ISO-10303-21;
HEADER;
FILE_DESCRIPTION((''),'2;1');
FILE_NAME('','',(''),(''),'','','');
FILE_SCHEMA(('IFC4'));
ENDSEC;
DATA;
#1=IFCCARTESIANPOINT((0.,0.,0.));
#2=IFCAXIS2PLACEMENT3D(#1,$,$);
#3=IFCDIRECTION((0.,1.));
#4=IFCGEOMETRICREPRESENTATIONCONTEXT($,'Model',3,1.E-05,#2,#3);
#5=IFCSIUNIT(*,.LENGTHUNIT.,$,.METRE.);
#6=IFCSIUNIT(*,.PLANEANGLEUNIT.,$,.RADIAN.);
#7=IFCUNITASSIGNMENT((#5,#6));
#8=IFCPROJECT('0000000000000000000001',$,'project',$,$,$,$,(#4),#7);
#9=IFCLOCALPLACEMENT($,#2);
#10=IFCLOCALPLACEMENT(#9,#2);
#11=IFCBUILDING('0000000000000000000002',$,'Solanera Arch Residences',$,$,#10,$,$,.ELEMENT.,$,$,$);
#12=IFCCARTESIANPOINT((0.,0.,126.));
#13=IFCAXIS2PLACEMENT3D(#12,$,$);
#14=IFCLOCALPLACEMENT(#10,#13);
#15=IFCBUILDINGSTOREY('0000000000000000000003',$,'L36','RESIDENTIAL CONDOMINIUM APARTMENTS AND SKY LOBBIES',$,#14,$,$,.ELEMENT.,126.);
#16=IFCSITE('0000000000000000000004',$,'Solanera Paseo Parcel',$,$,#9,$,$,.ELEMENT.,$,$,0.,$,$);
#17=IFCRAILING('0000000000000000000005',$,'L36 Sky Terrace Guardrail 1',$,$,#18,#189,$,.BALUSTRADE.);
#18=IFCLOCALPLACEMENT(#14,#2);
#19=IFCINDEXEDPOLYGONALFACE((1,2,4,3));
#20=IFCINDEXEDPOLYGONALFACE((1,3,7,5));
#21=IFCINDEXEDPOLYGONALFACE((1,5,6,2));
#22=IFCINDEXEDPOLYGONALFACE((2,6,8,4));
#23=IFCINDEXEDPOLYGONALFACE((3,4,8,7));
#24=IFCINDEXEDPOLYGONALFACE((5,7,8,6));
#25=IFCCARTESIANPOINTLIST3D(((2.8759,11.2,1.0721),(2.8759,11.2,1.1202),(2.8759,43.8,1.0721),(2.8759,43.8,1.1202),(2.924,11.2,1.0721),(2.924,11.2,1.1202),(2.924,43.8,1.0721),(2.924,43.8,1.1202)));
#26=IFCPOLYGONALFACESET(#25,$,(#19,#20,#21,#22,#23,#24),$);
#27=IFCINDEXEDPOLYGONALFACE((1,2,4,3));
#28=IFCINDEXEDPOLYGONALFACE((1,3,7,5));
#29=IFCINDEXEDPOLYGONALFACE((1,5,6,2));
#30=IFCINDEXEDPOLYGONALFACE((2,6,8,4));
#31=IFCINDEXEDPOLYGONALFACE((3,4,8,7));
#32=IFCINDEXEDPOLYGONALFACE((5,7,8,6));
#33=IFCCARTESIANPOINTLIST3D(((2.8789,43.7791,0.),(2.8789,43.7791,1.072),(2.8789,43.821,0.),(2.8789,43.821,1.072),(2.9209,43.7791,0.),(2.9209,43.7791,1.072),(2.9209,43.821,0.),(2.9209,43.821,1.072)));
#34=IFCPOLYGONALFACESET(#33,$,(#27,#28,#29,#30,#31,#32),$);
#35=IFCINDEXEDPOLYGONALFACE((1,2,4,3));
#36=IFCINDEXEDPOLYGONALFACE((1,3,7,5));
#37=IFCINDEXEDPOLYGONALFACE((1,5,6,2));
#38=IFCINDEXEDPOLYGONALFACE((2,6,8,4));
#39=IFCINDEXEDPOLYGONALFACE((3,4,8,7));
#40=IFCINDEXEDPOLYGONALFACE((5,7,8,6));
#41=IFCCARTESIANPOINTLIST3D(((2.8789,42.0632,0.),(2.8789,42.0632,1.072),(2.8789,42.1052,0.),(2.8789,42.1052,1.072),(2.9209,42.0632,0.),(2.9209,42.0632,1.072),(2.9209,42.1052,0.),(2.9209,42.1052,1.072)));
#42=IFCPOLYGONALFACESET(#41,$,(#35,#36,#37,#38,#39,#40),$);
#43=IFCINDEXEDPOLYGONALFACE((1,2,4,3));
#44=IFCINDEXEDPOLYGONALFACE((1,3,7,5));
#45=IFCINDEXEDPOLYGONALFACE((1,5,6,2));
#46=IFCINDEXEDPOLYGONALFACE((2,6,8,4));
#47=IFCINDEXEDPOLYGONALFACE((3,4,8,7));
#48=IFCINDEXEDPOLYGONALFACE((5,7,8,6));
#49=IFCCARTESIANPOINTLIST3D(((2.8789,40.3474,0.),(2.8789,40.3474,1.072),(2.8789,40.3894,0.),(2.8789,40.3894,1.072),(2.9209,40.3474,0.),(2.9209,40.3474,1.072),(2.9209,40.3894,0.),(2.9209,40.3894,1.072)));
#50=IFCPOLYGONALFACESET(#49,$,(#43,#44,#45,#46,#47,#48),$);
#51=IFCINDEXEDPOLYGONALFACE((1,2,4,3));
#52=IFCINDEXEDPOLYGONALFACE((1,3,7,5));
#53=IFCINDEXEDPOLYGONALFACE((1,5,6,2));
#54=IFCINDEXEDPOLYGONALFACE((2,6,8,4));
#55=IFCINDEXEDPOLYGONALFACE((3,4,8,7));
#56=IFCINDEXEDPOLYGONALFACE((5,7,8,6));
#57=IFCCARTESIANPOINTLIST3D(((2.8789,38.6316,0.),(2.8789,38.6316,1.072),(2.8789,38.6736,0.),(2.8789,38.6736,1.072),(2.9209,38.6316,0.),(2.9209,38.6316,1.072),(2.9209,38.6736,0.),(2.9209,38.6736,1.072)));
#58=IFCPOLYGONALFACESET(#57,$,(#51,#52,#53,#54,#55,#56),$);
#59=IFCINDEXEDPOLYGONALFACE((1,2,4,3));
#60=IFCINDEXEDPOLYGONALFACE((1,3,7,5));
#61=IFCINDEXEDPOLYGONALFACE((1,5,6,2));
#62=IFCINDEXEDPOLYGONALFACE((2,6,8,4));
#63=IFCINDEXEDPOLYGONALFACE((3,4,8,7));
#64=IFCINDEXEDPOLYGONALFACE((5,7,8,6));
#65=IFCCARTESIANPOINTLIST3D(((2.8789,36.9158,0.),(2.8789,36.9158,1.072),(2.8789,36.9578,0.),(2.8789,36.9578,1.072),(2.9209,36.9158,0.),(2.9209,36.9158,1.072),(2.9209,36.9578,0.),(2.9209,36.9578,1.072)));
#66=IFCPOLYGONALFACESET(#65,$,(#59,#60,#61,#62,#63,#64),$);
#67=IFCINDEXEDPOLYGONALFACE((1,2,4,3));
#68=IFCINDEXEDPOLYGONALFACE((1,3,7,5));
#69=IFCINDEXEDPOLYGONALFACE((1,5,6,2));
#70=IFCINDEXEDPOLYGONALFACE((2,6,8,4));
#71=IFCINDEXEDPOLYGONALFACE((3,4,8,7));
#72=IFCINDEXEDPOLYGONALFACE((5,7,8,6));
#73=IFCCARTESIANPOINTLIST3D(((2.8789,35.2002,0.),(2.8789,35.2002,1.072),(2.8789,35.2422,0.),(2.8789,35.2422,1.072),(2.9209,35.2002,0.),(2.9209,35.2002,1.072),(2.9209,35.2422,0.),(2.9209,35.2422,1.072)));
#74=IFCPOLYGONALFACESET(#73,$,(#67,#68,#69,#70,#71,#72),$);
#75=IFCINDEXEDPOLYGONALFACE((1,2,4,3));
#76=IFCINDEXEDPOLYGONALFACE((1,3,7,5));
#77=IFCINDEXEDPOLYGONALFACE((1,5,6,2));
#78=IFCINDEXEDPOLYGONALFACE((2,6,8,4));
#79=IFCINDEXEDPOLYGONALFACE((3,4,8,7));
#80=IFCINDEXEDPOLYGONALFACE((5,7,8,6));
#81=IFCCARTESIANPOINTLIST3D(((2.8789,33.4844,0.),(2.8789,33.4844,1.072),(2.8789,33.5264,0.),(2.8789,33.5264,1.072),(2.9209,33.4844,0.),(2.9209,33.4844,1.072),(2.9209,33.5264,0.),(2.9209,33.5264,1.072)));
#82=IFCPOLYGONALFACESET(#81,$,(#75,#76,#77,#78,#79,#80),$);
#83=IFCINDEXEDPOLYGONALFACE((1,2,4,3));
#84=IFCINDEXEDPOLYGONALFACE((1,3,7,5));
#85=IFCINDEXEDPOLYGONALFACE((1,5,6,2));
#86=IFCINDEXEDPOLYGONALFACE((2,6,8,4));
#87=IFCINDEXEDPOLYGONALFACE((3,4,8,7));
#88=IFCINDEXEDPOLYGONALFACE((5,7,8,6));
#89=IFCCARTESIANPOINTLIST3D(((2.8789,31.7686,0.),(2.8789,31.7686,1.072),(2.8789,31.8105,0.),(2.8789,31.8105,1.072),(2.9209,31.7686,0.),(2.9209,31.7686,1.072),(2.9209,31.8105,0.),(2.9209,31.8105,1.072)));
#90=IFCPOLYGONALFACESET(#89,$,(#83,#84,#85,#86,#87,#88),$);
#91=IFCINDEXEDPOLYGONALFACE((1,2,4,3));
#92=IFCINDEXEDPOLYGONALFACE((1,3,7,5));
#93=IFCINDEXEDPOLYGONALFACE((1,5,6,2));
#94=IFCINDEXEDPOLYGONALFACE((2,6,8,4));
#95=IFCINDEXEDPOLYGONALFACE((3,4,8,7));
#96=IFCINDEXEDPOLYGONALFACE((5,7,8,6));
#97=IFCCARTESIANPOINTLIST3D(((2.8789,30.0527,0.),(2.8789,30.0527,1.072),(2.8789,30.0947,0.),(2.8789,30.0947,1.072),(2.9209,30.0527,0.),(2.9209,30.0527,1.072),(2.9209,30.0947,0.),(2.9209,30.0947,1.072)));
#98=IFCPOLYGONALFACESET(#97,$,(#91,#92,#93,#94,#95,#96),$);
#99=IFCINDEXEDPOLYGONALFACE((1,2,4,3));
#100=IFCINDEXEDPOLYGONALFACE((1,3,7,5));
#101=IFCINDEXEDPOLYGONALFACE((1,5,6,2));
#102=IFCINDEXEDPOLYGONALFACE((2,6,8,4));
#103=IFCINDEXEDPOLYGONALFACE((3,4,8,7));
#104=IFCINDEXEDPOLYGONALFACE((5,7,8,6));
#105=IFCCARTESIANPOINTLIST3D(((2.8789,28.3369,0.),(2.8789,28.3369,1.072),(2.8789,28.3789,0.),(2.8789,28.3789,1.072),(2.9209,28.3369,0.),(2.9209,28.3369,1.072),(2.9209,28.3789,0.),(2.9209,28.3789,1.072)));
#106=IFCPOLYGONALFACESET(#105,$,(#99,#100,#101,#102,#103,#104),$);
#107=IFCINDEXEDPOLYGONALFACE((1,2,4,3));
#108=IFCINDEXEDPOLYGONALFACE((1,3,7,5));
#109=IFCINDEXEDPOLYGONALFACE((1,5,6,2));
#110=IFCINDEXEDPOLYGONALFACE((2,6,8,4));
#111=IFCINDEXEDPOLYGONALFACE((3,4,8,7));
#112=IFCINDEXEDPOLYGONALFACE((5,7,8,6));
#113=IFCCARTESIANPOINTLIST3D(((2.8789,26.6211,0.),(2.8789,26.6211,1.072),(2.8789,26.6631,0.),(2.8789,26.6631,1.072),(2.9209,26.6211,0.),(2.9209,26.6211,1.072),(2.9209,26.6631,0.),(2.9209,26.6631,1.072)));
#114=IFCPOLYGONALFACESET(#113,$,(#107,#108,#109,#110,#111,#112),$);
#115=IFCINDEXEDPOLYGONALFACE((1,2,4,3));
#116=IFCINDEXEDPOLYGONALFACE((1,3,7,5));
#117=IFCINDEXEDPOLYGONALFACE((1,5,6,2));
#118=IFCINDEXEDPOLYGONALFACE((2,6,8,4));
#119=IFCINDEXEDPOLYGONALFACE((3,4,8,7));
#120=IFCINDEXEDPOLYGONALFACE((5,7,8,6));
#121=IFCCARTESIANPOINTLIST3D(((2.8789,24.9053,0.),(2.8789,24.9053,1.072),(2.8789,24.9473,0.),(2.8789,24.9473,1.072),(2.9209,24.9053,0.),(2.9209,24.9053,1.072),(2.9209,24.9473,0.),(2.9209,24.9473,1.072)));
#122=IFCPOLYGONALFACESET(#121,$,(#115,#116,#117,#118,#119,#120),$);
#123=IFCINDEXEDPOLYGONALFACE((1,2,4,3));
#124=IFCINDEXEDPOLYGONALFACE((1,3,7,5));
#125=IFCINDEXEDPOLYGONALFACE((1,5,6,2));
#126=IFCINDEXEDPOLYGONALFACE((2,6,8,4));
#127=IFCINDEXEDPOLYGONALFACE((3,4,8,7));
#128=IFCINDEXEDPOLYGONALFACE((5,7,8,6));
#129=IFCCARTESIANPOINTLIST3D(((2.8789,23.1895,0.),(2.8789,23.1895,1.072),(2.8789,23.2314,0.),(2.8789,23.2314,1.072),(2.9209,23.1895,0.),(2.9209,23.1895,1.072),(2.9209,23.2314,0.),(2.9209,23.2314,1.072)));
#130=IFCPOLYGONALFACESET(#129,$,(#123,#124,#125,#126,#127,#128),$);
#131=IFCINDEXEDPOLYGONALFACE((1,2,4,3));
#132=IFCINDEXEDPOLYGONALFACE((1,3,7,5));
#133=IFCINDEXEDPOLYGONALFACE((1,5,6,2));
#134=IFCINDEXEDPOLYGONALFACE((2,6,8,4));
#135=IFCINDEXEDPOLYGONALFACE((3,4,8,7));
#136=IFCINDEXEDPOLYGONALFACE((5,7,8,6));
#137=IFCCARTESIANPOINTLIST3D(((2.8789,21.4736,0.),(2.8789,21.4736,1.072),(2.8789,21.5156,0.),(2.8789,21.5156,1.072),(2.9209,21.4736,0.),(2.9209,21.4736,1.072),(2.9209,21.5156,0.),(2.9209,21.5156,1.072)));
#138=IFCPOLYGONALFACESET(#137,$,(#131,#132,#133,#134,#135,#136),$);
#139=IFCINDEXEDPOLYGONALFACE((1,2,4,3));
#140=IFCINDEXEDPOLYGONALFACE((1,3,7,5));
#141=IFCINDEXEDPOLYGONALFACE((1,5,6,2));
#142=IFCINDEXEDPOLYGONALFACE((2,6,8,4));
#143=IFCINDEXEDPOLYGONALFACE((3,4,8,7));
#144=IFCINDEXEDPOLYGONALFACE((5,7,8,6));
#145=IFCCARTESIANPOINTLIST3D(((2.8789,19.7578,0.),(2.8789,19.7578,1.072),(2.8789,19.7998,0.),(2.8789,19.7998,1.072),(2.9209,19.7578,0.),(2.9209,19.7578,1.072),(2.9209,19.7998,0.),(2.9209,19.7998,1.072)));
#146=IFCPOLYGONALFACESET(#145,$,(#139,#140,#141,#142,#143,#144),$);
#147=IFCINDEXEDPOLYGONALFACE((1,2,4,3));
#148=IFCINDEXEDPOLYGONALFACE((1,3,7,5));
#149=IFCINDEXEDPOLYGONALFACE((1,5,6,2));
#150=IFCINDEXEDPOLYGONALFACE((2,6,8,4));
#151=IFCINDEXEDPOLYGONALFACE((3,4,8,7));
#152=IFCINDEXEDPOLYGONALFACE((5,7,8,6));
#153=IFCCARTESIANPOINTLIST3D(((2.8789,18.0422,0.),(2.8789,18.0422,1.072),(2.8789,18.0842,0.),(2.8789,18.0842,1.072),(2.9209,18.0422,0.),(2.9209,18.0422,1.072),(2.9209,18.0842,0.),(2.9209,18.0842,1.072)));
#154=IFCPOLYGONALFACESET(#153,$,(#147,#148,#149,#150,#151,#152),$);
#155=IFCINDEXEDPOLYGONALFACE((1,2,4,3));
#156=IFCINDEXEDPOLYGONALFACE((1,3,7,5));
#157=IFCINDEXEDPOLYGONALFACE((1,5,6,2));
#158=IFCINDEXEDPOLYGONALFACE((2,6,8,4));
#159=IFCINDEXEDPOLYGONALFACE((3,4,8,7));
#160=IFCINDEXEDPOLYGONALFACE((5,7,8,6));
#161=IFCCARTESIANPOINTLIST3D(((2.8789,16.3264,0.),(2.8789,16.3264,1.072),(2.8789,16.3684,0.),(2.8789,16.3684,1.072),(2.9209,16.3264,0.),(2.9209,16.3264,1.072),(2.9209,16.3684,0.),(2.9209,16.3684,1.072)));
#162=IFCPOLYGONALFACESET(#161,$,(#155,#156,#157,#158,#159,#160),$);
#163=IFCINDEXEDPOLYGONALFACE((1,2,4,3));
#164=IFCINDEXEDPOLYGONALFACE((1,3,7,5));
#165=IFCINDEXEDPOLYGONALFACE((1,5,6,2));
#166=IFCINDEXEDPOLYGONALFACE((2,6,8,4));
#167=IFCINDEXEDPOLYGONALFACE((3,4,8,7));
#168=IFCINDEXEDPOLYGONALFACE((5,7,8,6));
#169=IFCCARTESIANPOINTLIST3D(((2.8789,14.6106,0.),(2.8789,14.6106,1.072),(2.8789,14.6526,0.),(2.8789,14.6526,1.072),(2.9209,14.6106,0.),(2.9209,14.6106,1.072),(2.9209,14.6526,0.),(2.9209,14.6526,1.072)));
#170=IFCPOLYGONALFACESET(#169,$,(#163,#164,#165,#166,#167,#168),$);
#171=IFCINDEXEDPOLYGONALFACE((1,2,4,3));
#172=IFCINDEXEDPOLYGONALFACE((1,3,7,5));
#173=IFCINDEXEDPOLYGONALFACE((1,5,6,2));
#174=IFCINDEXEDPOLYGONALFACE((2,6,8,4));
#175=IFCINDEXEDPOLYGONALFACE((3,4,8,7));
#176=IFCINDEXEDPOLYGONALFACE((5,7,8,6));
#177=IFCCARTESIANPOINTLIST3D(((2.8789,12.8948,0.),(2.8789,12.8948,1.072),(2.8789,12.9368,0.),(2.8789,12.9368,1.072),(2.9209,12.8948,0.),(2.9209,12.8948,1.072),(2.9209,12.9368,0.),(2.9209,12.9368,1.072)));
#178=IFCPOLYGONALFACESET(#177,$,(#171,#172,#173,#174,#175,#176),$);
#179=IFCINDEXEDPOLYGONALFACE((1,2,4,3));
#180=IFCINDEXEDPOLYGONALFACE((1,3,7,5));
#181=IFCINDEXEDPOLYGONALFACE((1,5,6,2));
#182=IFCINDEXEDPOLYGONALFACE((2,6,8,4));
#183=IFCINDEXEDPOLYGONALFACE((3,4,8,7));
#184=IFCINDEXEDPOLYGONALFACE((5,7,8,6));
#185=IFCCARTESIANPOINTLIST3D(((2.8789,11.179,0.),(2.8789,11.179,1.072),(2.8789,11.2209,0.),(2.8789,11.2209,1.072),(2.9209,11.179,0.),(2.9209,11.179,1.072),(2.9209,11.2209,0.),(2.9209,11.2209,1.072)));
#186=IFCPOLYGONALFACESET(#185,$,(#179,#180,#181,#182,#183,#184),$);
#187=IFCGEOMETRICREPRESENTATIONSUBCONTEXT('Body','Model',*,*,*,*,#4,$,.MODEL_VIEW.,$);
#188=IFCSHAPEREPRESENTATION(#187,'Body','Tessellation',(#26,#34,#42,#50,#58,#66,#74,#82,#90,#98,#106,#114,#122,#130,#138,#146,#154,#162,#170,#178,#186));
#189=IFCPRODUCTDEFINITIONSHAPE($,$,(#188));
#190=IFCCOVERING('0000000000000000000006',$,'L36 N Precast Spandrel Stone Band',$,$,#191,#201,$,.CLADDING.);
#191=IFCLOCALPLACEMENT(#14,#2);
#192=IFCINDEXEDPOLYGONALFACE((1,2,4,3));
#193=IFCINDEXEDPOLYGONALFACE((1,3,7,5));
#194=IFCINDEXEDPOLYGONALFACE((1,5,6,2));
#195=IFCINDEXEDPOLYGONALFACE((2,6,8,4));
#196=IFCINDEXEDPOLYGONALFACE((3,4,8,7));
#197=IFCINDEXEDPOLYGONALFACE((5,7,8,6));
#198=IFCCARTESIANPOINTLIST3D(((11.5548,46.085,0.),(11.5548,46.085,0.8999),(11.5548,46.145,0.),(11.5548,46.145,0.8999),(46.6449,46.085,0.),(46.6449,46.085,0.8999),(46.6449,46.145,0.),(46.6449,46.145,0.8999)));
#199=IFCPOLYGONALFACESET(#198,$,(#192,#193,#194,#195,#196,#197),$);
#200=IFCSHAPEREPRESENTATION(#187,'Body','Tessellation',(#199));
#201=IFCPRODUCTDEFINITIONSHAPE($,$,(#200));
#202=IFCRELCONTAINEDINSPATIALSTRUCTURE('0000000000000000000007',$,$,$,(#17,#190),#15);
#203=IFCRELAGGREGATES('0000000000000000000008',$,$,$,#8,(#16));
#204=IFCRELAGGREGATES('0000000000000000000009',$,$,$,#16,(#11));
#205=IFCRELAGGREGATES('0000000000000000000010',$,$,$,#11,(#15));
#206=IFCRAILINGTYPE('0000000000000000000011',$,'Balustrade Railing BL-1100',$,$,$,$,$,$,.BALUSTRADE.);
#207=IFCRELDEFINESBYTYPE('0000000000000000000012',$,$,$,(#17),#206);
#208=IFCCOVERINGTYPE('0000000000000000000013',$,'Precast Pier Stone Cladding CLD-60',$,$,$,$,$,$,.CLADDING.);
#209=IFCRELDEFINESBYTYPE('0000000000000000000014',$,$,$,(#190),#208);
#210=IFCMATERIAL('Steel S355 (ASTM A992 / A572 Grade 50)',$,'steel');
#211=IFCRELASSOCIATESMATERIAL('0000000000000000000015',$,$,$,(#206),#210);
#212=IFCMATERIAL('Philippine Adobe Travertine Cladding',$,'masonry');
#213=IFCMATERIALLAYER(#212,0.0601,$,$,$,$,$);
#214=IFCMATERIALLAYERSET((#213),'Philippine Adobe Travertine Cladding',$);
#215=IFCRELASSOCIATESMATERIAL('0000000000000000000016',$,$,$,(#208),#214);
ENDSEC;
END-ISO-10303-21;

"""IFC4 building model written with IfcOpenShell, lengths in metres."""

from ifc_helpers import new_model, si_unit, direction, frame, frame_2d, origin, origin_2d, place, context, subcontext, project, spatial, rectangle, extrude, material, layer, layer_set, type_object, element, save


model = new_model("IFC4")

# Units and contexts
model_context = context("Model", 3, precision=1e-05, world=origin(), true_north=direction((0.0, 1.0)))
body_context = subcontext(model_context, "Body", "Model", "MODEL_VIEW")
ifc_project = project(units=[si_unit("LENGTHUNIT", "METRE"), si_unit("PLANEANGLEUNIT", "RADIAN")], contexts=[model_context])

# Site, building, storey
site_placement = place(None, origin())
site = spatial("IfcSite", under=ifc_project, at=site_placement, Name="Solanera Paseo Parcel", CompositionType="ELEMENT", RefElevation=0.0)
building_placement = place(site_placement, origin())
building = spatial("IfcBuilding", under=site, at=building_placement, Name="Solanera Arch Residences", CompositionType="ELEMENT")
storey_placement = place(building_placement, frame((0.0, 0.0, 126.0)))
storey = spatial("IfcBuildingStorey", under=building, at=storey_placement, Name="L36", Description="RESIDENTIAL CONDOMINIUM APARTMENTS AND SKY LOBBIES", CompositionType="ELEMENT", Elevation=126.0)

# Railing
ifc_material_1 = material(Name="Steel S355 (ASTM A992 / A572 Grade 50)", Category="steel")
railing_type = type_object("IfcRailingType", Name="Balustrade Railing BL-1100", PredefinedType="BALUSTRADE", material=ifc_material_1)
railing_1_placement = place(storey_placement, frame((2.8999, 43.8, 0.0)))
element("IfcRailing", 1, at=railing_1_placement, inside=storey, type_object=railing_type, Name="L36 Sky Terrace Guardrail 1", PredefinedType="BALUSTRADE", context=body_context, shape_type="SweptSolid", body=[
    extrude(rectangle(XDim=0.0481, YDim=0.0481, at=origin_2d()), frame((0.0, 0.0, 1.0962), z_axis=(0.0, -1.0, 0.0), x_axis=(1.0, 0.0, 0.0)), (0.0, 0.0, 1.0), 32.6001),
    extrude(rectangle(XDim=0.042, YDim=0.042, at=origin_2d()), origin(), (0.0, 0.0, 1.0), 1.072),
    extrude(rectangle(XDim=0.042, YDim=0.042, at=origin_2d()), frame((0.0, -1.7158, 0.0)), (0.0, 0.0, 1.0), 1.072),
    extrude(rectangle(XDim=0.042, YDim=0.042, at=origin_2d()), frame((0.0, -3.4316, 0.0)), (0.0, 0.0, 1.0), 1.072),
    extrude(rectangle(XDim=0.042, YDim=0.042, at=origin_2d()), frame((0.0, -5.1475, 0.0)), (0.0, 0.0, 1.0), 1.072),
    extrude(rectangle(XDim=0.042, YDim=0.042, at=origin_2d()), frame((0.0, -6.8633, 0.0)), (0.0, 0.0, 1.0), 1.072),
    extrude(rectangle(XDim=0.042, YDim=0.042, at=origin_2d()), frame((0.0, -8.5789, 0.0)), (0.0, 0.0, 1.0), 1.072),
    extrude(rectangle(XDim=0.042, YDim=0.042, at=origin_2d()), frame((0.0, -10.2947, 0.0)), (0.0, 0.0, 1.0), 1.072),
    extrude(rectangle(XDim=0.042, YDim=0.042, at=origin_2d()), frame((0.0, -12.0105, 0.0)), (0.0, 0.0, 1.0), 1.072),
    extrude(rectangle(XDim=0.042, YDim=0.042, at=origin_2d()), frame((0.0, -13.7263, 0.0)), (0.0, 0.0, 1.0), 1.072),
    extrude(rectangle(XDim=0.042, YDim=0.042, at=origin_2d()), frame((0.0, -15.4421, 0.0)), (0.0, 0.0, 1.0), 1.072),
    extrude(rectangle(XDim=0.042, YDim=0.042, at=origin_2d()), frame((0.0, -17.158, 0.0)), (0.0, 0.0, 1.0), 1.072),
    extrude(rectangle(XDim=0.042, YDim=0.042, at=origin_2d()), frame((0.0, -18.8738, 0.0)), (0.0, 0.0, 1.0), 1.072),
    extrude(rectangle(XDim=0.042, YDim=0.042, at=origin_2d()), frame((0.0, -20.5896, 0.0)), (0.0, 0.0, 1.0), 1.072),
    extrude(rectangle(XDim=0.042, YDim=0.042, at=origin_2d()), frame((0.0, -22.3054, 0.0)), (0.0, 0.0, 1.0), 1.072),
    extrude(rectangle(XDim=0.042, YDim=0.042, at=origin_2d()), frame((0.0, -24.0212, 0.0)), (0.0, 0.0, 1.0), 1.072),
    extrude(rectangle(XDim=0.042, YDim=0.042, at=origin_2d()), frame((0.0, -25.7368, 0.0)), (0.0, 0.0, 1.0), 1.072),
    extrude(rectangle(XDim=0.042, YDim=0.042, at=origin_2d()), frame((0.0, -27.4526, 0.0)), (0.0, 0.0, 1.0), 1.072),
    extrude(rectangle(XDim=0.042, YDim=0.042, at=origin_2d()), frame((0.0, -29.1685, 0.0)), (0.0, 0.0, 1.0), 1.072),
    extrude(rectangle(XDim=0.042, YDim=0.042, at=origin_2d()), frame((0.0, -30.8843, 0.0)), (0.0, 0.0, 1.0), 1.072),
    extrude(rectangle(XDim=0.042, YDim=0.042, at=origin_2d()), frame((0.0, -32.6001, 0.0)), (0.0, 0.0, 1.0), 1.072),
])

# Covering
ifc_material_2 = material(Name="Philippine Adobe Travertine Cladding", Category="masonry")
ifc_layer_1 = layer(ifc_material_2, 0.0601)
ifc_layer_set_1 = layer_set([ifc_layer_1], Name="Philippine Adobe Travertine Cladding")
covering_type = type_object("IfcCoveringType", Name="Precast Pier Stone Cladding CLD-60", PredefinedType="CLADDING", material=ifc_layer_set_1)
covering_placement = place(storey_placement, frame((11.5549, 46.115, 0.0), z_axis=(0.0, 0.0, 1.0), x_axis=(1.0, 0.0, 0.0)))
element("IfcCovering", 2, at=covering_placement, inside=storey, type_object=covering_type, Name="L36 N Precast Spandrel Stone Band", PredefinedType="CLADDING", context=body_context, shape_type="SweptSolid", body=[
    extrude(rectangle(XDim=35.0901, YDim=0.0601, at=frame_2d((17.5449, 0.0))), origin(), (0.0, 0.0, 1.0), 0.8999),
])

save(model, "model.ifc")
